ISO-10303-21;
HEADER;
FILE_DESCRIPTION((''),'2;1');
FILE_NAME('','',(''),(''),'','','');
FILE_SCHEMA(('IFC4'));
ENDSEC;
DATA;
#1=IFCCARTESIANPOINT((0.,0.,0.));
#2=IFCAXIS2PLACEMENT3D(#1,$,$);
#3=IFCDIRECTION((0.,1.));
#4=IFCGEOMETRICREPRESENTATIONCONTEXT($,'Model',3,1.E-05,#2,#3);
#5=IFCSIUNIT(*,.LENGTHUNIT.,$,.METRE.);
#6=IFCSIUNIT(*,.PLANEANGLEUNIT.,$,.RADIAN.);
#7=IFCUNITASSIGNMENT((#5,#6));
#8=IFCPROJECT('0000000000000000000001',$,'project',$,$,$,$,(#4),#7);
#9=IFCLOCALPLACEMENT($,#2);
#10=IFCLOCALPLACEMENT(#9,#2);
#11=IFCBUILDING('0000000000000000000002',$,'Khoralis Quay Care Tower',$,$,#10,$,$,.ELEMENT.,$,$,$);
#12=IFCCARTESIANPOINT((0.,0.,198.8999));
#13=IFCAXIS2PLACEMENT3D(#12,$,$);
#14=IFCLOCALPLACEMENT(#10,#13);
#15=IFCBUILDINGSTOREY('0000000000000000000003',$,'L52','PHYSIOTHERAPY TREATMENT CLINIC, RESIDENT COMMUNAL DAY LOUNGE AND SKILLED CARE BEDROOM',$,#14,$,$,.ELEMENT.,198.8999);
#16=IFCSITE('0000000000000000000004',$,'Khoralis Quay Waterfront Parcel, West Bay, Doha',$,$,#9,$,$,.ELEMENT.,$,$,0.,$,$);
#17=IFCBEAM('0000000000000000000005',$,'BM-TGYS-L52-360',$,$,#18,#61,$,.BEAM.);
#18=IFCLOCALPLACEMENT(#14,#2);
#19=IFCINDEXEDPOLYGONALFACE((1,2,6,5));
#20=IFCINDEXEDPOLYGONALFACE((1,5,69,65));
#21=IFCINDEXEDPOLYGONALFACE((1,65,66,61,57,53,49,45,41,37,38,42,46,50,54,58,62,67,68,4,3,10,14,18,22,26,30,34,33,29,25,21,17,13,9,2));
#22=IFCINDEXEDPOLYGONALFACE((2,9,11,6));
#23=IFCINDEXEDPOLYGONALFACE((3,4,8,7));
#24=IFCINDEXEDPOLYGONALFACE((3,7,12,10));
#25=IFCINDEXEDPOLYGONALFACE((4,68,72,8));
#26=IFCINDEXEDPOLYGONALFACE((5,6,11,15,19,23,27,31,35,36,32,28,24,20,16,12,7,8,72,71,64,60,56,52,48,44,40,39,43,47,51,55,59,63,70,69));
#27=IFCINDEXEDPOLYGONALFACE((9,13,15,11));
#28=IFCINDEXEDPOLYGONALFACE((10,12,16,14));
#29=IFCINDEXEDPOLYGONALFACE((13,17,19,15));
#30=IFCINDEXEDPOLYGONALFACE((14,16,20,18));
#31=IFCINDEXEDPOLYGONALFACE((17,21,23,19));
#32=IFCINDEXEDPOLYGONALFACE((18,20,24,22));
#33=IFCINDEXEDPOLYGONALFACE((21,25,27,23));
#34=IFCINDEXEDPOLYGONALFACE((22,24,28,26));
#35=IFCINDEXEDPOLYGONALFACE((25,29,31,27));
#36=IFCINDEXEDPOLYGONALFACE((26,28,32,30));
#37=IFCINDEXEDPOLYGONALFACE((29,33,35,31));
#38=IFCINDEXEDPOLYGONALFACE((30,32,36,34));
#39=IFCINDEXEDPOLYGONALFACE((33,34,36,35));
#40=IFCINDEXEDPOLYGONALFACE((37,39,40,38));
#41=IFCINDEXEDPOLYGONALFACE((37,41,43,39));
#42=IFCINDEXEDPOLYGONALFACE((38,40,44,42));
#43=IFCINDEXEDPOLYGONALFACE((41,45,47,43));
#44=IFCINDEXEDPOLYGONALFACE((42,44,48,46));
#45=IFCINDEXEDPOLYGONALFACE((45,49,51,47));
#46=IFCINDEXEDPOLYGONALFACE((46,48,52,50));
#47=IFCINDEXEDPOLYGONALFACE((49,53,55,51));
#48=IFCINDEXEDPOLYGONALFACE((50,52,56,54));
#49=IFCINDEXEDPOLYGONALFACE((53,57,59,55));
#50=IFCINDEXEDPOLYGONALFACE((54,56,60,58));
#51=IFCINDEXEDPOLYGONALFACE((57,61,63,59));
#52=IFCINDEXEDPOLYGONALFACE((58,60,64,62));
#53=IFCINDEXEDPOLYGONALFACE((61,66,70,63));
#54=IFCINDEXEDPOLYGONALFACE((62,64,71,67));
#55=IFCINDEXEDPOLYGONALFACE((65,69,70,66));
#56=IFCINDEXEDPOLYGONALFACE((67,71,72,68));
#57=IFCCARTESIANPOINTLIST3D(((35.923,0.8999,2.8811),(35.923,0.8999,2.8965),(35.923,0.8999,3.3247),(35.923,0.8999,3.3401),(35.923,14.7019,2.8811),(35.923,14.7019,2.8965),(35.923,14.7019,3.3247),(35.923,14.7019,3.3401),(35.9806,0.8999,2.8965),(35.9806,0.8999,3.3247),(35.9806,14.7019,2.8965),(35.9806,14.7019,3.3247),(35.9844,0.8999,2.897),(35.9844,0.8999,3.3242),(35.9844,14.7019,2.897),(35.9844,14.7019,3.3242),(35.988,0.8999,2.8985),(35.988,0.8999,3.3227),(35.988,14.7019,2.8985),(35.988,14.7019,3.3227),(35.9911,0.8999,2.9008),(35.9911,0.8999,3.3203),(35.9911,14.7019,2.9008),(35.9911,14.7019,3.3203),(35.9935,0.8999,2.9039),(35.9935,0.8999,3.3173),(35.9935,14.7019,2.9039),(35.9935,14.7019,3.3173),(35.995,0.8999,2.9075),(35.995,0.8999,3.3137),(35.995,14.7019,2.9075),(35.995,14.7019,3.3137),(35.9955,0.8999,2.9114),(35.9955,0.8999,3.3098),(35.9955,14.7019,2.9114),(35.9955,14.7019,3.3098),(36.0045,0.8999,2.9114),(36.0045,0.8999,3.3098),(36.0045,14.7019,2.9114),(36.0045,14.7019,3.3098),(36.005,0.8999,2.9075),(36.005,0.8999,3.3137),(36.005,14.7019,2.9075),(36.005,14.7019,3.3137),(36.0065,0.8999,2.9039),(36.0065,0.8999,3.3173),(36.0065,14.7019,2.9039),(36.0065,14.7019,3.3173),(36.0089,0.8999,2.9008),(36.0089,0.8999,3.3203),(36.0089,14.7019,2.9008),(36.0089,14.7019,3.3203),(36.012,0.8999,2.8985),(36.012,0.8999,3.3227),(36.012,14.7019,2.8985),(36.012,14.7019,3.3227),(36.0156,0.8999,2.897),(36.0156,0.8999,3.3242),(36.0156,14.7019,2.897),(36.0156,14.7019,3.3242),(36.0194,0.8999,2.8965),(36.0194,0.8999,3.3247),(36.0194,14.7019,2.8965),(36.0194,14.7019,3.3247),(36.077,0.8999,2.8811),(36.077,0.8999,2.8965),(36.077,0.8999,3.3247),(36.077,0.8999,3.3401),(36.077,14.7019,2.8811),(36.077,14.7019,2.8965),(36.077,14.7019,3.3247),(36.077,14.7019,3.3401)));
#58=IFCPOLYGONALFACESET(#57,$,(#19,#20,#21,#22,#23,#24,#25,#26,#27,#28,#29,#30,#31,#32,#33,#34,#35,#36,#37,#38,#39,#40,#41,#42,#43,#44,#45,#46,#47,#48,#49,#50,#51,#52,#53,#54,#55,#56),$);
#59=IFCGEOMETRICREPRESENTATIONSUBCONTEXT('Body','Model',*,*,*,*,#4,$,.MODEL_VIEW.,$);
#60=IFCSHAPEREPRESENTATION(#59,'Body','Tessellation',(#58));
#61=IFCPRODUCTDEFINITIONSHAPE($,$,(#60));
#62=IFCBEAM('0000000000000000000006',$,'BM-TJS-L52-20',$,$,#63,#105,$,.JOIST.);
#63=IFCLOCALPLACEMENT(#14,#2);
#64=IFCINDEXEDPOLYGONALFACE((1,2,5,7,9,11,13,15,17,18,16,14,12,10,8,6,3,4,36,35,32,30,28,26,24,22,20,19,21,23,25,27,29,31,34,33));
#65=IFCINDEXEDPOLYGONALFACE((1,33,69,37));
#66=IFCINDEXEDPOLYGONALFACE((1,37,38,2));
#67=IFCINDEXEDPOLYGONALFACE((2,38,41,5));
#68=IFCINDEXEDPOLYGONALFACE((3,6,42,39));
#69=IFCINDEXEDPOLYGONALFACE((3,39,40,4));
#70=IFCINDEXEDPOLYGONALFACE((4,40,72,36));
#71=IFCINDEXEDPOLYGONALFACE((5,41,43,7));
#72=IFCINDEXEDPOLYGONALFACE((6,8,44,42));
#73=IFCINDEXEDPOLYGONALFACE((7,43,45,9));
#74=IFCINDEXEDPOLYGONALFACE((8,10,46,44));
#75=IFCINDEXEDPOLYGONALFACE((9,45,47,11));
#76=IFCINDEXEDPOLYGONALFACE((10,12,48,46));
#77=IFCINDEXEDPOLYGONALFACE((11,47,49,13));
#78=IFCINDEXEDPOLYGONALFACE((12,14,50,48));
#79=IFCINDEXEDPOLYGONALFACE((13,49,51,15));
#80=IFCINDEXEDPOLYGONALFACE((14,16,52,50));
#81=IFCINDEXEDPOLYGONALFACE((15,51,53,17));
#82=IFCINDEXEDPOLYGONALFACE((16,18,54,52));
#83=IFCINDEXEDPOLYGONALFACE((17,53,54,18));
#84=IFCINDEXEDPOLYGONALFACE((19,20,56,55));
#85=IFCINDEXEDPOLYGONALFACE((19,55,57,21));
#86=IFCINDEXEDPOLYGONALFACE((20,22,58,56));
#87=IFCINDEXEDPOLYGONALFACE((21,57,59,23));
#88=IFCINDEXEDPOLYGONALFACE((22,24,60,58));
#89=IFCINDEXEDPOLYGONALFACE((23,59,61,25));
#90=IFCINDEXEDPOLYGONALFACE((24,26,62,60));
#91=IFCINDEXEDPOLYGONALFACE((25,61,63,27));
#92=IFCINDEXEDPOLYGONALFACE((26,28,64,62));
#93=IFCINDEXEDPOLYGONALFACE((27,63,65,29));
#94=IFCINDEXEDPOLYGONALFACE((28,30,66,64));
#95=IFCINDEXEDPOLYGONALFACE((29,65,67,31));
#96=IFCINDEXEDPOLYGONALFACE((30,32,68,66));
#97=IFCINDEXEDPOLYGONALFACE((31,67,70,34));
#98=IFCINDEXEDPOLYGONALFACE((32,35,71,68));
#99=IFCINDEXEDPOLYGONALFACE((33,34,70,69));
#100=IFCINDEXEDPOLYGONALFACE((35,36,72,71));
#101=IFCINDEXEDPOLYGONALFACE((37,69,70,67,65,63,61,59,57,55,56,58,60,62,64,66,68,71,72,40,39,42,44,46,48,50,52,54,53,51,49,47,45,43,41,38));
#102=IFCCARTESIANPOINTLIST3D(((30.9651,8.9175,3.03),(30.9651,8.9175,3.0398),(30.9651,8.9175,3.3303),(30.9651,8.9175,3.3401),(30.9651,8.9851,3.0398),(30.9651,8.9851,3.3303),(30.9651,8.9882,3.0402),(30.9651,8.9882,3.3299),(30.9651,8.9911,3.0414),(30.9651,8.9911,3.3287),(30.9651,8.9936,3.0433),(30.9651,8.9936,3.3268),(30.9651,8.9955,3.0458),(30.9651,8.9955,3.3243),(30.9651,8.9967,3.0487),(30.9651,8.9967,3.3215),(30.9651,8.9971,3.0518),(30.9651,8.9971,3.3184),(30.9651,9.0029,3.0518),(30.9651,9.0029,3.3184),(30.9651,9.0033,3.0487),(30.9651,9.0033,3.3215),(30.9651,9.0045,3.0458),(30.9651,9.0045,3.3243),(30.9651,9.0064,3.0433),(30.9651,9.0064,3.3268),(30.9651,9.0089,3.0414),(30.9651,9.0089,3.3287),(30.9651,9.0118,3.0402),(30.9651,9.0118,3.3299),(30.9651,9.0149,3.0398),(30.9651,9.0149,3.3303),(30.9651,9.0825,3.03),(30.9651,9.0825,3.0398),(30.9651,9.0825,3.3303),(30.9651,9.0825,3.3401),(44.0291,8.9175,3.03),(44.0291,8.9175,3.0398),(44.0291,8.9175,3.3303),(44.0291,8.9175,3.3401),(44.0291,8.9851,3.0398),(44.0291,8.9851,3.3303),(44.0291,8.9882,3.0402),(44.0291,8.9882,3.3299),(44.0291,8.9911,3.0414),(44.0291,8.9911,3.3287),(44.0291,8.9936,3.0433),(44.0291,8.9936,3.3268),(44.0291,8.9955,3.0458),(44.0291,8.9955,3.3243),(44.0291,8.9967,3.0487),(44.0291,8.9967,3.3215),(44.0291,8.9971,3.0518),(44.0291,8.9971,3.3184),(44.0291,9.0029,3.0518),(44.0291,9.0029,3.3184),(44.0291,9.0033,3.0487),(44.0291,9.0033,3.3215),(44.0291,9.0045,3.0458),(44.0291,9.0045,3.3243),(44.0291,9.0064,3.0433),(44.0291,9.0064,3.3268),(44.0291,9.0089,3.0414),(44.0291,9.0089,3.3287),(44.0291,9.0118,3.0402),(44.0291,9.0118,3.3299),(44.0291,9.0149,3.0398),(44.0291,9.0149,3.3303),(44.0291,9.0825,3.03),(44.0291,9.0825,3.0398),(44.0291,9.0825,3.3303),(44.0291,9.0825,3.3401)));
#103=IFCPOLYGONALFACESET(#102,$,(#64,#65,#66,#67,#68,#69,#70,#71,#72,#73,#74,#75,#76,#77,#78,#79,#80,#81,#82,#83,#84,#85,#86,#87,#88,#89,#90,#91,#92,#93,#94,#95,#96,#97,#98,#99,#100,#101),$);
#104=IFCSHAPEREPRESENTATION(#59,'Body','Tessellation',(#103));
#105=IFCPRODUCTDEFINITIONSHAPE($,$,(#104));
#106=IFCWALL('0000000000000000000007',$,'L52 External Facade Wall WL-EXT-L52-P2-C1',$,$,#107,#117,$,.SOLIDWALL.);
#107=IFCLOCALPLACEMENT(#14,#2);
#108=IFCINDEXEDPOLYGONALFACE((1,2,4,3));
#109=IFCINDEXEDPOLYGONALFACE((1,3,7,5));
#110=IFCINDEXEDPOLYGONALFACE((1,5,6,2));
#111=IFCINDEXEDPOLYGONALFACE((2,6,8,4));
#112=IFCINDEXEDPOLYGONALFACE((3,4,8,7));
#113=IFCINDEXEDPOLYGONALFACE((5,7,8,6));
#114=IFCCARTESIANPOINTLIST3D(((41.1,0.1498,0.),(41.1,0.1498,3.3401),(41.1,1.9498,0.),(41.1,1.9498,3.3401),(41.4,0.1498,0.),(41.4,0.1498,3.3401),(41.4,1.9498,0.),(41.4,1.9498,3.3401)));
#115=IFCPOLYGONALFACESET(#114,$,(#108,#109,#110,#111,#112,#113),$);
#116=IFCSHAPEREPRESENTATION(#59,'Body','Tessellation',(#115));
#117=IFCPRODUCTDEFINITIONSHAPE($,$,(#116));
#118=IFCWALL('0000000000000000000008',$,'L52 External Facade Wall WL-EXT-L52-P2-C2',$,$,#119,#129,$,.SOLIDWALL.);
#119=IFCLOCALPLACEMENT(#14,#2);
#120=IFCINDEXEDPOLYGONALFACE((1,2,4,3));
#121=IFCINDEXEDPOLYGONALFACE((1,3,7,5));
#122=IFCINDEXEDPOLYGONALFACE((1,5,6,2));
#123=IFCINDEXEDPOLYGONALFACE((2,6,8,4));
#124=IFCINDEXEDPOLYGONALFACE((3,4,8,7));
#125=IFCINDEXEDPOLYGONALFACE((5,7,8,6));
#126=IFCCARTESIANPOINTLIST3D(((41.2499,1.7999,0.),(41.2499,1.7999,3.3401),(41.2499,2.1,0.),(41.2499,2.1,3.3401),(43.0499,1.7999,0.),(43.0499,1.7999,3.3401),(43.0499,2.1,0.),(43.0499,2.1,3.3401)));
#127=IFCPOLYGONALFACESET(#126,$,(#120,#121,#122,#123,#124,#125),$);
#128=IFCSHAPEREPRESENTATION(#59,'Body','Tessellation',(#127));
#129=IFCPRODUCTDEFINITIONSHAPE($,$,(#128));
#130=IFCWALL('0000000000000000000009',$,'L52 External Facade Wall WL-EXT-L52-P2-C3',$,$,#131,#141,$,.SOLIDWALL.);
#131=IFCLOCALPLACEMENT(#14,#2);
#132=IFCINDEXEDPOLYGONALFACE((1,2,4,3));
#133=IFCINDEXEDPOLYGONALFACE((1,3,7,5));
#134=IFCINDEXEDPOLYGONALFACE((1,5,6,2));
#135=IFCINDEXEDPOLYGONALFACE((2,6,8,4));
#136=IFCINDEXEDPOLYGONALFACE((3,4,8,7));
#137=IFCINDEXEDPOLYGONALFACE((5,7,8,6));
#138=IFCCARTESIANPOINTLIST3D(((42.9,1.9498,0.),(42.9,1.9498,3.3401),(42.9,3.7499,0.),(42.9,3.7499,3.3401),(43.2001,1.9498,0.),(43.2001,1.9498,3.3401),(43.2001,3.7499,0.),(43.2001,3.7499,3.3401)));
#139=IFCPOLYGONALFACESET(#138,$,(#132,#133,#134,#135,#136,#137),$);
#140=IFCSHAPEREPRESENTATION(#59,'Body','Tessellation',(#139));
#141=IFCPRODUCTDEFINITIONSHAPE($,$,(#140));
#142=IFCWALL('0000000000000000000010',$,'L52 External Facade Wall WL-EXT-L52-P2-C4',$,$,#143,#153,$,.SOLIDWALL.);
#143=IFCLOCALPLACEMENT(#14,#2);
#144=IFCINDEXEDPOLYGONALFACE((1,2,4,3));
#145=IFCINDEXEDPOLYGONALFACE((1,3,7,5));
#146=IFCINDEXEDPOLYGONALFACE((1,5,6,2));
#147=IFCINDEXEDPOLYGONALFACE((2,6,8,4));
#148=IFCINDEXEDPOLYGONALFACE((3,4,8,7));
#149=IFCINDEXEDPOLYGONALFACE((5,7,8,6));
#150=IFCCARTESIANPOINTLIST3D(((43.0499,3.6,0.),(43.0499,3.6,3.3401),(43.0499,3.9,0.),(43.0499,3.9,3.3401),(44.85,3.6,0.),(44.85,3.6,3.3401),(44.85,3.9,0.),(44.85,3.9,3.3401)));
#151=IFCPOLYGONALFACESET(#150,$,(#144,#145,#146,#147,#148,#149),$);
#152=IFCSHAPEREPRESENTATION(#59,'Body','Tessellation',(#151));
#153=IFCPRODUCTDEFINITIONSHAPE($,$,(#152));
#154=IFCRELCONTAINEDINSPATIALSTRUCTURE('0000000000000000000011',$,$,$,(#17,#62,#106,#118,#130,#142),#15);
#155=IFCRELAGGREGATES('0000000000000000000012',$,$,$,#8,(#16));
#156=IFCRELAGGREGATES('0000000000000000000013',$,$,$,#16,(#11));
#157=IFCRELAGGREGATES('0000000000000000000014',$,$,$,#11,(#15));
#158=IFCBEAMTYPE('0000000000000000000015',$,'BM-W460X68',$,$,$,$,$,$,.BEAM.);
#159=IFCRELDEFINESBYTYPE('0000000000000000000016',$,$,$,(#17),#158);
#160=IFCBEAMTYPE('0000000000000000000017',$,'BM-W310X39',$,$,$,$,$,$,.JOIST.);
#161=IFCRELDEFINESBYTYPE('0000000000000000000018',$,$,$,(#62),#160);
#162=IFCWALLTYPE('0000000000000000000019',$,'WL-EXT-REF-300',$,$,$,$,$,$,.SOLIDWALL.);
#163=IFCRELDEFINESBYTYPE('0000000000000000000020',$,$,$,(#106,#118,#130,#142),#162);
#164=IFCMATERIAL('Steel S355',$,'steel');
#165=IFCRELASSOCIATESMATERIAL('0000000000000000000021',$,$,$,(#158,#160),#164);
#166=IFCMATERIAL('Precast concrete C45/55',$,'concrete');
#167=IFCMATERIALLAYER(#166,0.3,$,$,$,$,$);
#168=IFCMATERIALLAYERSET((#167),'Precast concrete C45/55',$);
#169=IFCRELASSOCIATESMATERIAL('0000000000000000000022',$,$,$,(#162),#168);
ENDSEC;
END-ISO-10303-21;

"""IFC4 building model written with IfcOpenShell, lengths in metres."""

from ifc_helpers import new_model, si_unit, direction, frame, frame_2d, origin, origin_2d, place, context, subcontext, project, spatial, rectangle, i_section, extrude, source, transform, mapped, material, layer, layer_set, material_profile, profile_set, type_object, element, save


model = new_model("IFC4")

# Units and contexts
model_context = context("Model", 3, precision=1e-05, world=origin(), true_north=direction((0.0, 1.0)))
body_context = subcontext(model_context, "Body", "Model", "MODEL_VIEW")
ifc_project = project(units=[si_unit("LENGTHUNIT", "METRE"), si_unit("PLANEANGLEUNIT", "RADIAN")], contexts=[model_context])

# Site, building, storey
site_placement = place(None, origin())
site = spatial("IfcSite", under=ifc_project, at=site_placement, Name="Khoralis Quay Waterfront Parcel, West Bay, Doha", CompositionType="ELEMENT", RefElevation=0.0)
building_placement = place(site_placement, origin())
building = spatial("IfcBuilding", under=site, at=building_placement, Name="Khoralis Quay Care Tower", CompositionType="ELEMENT")
storey_placement = place(building_placement, frame((0.0, 0.0, 198.8999)))
storey = spatial("IfcBuildingStorey", under=building, at=storey_placement, Name="L52", Description="PHYSIOTHERAPY TREATMENT CLINIC, RESIDENT COMMUNAL DAY LOUNGE AND SKILLED CARE BEDROOM", CompositionType="ELEMENT", Elevation=198.8999)

# Beams
ifc_material_1 = material(Name="Steel S355", Category="steel")
ifc_material_profile_1 = material_profile(ifc_material_1, i_section(OverallWidth=0.1541, OverallDepth=0.459, WebThickness=0.009, FlangeThickness=0.0154, FilletRadius=0.0149, at=origin_2d()), Name="Steel S355")
ifc_profile_set_1 = profile_set([ifc_material_profile_1], Name="Steel S355")
beam_type_1 = type_object("IfcBeamType", Name="BM-W460X68", PredefinedType="BEAM", material=ifc_profile_set_1)
shared_shape_1 = source(origin(), body_context, "Body", "SweptSolid", [
    extrude(i_section(OverallWidth=0.1541, OverallDepth=0.459, WebThickness=0.009, FlangeThickness=0.0154, FilletRadius=0.0149, at=origin_2d()), origin(), (0.0, 0.0, 1.0), 13.802),
])
beam_1_placement = place(storey_placement, frame((36.0, 0.8999, 3.1106), z_axis=(0.0, 1.0, 0.0), x_axis=(-1.0, 0.0, 0.0)))
element("IfcBeam", 1, at=beam_1_placement, inside=storey, type_object=beam_type_1, Name="BM-TGYS-L52-360", PredefinedType="BEAM", context=body_context, shape_type="MappedRepresentation", body=[
    mapped(shared_shape_1, transform((0.0, 0.0, 0.0), scale=1.0)),
])
ifc_material_profile_2 = material_profile(ifc_material_1, i_section(OverallWidth=0.165, OverallDepth=0.3101, WebThickness=0.0059, FlangeThickness=0.0098, FilletRadius=0.012, at=origin_2d()), Name="Steel S355")
ifc_profile_set_2 = profile_set([ifc_material_profile_2], Name="Steel S355")
beam_type_2 = type_object("IfcBeamType", Name="BM-W310X39", PredefinedType="JOIST", material=ifc_profile_set_2)
shared_shape_2 = source(origin(), body_context, "Body", "SweptSolid", [
    extrude(i_section(OverallWidth=0.165, OverallDepth=0.3101, WebThickness=0.0059, FlangeThickness=0.0098, FilletRadius=0.012, at=origin_2d()), origin(), (0.0, 0.0, 1.0), 13.064),
])
beam_2_placement = place(storey_placement, frame((30.9651, 9.0, 3.1851), z_axis=(1.0, 0.0, 0.0), x_axis=(0.0, 1.0, 0.0)))
element("IfcBeam", 2, at=beam_2_placement, inside=storey, type_object=beam_type_2, Name="BM-TJS-L52-20", PredefinedType="JOIST", context=body_context, shape_type="MappedRepresentation", body=[
    mapped(shared_shape_2, transform((0.0, 0.0, 0.0), scale=1.0)),
])

# Walls
ifc_material_2 = material(Name="Precast concrete C45/55", Category="concrete")
ifc_layer_1 = layer(ifc_material_2, 0.3)
ifc_layer_set_1 = layer_set([ifc_layer_1], Name="Precast concrete C45/55")
wall_type_1 = type_object("IfcWallType", Name="WL-EXT-REF-300", PredefinedType="SOLIDWALL", material=ifc_layer_set_1)
for number, where, z_axis, x_axis, name in (
    (3, (41.25, 0.1499, 0.0), (0.0, 0.0, 1.0), (0.0, 1.0, 0.0), "L52 External Facade Wall WL-EXT-L52-P2-C1"),
    (4, (41.25, 1.95, 0.0), (0.0, 0.0, 1.0), (1.0, 0.0, 0.0), "L52 External Facade Wall WL-EXT-L52-P2-C2"),
    (5, (43.05, 1.95, 0.0), (0.0, 0.0, 1.0), (0.0, 1.0, 0.0), "L52 External Facade Wall WL-EXT-L52-P2-C3"),
    (6, (43.05, 3.75, 0.0), (0.0, 0.0, 1.0), (1.0, 0.0, 0.0), "L52 External Facade Wall WL-EXT-L52-P2-C4"),
):
    element("IfcWall", number, at=place(storey_placement, frame(where, z_axis=z_axis, x_axis=x_axis)), inside=storey, type_object=wall_type_1, Name=name, PredefinedType="SOLIDWALL", context=body_context, shape_type="SweptSolid", body=[
        extrude(rectangle(XDim=1.8, YDim=0.3, at=frame_2d((0.8999, 0.0))), origin(), (0.0, 0.0, 1.0), 3.3401),
    ])

save(model, "model.ifc")
